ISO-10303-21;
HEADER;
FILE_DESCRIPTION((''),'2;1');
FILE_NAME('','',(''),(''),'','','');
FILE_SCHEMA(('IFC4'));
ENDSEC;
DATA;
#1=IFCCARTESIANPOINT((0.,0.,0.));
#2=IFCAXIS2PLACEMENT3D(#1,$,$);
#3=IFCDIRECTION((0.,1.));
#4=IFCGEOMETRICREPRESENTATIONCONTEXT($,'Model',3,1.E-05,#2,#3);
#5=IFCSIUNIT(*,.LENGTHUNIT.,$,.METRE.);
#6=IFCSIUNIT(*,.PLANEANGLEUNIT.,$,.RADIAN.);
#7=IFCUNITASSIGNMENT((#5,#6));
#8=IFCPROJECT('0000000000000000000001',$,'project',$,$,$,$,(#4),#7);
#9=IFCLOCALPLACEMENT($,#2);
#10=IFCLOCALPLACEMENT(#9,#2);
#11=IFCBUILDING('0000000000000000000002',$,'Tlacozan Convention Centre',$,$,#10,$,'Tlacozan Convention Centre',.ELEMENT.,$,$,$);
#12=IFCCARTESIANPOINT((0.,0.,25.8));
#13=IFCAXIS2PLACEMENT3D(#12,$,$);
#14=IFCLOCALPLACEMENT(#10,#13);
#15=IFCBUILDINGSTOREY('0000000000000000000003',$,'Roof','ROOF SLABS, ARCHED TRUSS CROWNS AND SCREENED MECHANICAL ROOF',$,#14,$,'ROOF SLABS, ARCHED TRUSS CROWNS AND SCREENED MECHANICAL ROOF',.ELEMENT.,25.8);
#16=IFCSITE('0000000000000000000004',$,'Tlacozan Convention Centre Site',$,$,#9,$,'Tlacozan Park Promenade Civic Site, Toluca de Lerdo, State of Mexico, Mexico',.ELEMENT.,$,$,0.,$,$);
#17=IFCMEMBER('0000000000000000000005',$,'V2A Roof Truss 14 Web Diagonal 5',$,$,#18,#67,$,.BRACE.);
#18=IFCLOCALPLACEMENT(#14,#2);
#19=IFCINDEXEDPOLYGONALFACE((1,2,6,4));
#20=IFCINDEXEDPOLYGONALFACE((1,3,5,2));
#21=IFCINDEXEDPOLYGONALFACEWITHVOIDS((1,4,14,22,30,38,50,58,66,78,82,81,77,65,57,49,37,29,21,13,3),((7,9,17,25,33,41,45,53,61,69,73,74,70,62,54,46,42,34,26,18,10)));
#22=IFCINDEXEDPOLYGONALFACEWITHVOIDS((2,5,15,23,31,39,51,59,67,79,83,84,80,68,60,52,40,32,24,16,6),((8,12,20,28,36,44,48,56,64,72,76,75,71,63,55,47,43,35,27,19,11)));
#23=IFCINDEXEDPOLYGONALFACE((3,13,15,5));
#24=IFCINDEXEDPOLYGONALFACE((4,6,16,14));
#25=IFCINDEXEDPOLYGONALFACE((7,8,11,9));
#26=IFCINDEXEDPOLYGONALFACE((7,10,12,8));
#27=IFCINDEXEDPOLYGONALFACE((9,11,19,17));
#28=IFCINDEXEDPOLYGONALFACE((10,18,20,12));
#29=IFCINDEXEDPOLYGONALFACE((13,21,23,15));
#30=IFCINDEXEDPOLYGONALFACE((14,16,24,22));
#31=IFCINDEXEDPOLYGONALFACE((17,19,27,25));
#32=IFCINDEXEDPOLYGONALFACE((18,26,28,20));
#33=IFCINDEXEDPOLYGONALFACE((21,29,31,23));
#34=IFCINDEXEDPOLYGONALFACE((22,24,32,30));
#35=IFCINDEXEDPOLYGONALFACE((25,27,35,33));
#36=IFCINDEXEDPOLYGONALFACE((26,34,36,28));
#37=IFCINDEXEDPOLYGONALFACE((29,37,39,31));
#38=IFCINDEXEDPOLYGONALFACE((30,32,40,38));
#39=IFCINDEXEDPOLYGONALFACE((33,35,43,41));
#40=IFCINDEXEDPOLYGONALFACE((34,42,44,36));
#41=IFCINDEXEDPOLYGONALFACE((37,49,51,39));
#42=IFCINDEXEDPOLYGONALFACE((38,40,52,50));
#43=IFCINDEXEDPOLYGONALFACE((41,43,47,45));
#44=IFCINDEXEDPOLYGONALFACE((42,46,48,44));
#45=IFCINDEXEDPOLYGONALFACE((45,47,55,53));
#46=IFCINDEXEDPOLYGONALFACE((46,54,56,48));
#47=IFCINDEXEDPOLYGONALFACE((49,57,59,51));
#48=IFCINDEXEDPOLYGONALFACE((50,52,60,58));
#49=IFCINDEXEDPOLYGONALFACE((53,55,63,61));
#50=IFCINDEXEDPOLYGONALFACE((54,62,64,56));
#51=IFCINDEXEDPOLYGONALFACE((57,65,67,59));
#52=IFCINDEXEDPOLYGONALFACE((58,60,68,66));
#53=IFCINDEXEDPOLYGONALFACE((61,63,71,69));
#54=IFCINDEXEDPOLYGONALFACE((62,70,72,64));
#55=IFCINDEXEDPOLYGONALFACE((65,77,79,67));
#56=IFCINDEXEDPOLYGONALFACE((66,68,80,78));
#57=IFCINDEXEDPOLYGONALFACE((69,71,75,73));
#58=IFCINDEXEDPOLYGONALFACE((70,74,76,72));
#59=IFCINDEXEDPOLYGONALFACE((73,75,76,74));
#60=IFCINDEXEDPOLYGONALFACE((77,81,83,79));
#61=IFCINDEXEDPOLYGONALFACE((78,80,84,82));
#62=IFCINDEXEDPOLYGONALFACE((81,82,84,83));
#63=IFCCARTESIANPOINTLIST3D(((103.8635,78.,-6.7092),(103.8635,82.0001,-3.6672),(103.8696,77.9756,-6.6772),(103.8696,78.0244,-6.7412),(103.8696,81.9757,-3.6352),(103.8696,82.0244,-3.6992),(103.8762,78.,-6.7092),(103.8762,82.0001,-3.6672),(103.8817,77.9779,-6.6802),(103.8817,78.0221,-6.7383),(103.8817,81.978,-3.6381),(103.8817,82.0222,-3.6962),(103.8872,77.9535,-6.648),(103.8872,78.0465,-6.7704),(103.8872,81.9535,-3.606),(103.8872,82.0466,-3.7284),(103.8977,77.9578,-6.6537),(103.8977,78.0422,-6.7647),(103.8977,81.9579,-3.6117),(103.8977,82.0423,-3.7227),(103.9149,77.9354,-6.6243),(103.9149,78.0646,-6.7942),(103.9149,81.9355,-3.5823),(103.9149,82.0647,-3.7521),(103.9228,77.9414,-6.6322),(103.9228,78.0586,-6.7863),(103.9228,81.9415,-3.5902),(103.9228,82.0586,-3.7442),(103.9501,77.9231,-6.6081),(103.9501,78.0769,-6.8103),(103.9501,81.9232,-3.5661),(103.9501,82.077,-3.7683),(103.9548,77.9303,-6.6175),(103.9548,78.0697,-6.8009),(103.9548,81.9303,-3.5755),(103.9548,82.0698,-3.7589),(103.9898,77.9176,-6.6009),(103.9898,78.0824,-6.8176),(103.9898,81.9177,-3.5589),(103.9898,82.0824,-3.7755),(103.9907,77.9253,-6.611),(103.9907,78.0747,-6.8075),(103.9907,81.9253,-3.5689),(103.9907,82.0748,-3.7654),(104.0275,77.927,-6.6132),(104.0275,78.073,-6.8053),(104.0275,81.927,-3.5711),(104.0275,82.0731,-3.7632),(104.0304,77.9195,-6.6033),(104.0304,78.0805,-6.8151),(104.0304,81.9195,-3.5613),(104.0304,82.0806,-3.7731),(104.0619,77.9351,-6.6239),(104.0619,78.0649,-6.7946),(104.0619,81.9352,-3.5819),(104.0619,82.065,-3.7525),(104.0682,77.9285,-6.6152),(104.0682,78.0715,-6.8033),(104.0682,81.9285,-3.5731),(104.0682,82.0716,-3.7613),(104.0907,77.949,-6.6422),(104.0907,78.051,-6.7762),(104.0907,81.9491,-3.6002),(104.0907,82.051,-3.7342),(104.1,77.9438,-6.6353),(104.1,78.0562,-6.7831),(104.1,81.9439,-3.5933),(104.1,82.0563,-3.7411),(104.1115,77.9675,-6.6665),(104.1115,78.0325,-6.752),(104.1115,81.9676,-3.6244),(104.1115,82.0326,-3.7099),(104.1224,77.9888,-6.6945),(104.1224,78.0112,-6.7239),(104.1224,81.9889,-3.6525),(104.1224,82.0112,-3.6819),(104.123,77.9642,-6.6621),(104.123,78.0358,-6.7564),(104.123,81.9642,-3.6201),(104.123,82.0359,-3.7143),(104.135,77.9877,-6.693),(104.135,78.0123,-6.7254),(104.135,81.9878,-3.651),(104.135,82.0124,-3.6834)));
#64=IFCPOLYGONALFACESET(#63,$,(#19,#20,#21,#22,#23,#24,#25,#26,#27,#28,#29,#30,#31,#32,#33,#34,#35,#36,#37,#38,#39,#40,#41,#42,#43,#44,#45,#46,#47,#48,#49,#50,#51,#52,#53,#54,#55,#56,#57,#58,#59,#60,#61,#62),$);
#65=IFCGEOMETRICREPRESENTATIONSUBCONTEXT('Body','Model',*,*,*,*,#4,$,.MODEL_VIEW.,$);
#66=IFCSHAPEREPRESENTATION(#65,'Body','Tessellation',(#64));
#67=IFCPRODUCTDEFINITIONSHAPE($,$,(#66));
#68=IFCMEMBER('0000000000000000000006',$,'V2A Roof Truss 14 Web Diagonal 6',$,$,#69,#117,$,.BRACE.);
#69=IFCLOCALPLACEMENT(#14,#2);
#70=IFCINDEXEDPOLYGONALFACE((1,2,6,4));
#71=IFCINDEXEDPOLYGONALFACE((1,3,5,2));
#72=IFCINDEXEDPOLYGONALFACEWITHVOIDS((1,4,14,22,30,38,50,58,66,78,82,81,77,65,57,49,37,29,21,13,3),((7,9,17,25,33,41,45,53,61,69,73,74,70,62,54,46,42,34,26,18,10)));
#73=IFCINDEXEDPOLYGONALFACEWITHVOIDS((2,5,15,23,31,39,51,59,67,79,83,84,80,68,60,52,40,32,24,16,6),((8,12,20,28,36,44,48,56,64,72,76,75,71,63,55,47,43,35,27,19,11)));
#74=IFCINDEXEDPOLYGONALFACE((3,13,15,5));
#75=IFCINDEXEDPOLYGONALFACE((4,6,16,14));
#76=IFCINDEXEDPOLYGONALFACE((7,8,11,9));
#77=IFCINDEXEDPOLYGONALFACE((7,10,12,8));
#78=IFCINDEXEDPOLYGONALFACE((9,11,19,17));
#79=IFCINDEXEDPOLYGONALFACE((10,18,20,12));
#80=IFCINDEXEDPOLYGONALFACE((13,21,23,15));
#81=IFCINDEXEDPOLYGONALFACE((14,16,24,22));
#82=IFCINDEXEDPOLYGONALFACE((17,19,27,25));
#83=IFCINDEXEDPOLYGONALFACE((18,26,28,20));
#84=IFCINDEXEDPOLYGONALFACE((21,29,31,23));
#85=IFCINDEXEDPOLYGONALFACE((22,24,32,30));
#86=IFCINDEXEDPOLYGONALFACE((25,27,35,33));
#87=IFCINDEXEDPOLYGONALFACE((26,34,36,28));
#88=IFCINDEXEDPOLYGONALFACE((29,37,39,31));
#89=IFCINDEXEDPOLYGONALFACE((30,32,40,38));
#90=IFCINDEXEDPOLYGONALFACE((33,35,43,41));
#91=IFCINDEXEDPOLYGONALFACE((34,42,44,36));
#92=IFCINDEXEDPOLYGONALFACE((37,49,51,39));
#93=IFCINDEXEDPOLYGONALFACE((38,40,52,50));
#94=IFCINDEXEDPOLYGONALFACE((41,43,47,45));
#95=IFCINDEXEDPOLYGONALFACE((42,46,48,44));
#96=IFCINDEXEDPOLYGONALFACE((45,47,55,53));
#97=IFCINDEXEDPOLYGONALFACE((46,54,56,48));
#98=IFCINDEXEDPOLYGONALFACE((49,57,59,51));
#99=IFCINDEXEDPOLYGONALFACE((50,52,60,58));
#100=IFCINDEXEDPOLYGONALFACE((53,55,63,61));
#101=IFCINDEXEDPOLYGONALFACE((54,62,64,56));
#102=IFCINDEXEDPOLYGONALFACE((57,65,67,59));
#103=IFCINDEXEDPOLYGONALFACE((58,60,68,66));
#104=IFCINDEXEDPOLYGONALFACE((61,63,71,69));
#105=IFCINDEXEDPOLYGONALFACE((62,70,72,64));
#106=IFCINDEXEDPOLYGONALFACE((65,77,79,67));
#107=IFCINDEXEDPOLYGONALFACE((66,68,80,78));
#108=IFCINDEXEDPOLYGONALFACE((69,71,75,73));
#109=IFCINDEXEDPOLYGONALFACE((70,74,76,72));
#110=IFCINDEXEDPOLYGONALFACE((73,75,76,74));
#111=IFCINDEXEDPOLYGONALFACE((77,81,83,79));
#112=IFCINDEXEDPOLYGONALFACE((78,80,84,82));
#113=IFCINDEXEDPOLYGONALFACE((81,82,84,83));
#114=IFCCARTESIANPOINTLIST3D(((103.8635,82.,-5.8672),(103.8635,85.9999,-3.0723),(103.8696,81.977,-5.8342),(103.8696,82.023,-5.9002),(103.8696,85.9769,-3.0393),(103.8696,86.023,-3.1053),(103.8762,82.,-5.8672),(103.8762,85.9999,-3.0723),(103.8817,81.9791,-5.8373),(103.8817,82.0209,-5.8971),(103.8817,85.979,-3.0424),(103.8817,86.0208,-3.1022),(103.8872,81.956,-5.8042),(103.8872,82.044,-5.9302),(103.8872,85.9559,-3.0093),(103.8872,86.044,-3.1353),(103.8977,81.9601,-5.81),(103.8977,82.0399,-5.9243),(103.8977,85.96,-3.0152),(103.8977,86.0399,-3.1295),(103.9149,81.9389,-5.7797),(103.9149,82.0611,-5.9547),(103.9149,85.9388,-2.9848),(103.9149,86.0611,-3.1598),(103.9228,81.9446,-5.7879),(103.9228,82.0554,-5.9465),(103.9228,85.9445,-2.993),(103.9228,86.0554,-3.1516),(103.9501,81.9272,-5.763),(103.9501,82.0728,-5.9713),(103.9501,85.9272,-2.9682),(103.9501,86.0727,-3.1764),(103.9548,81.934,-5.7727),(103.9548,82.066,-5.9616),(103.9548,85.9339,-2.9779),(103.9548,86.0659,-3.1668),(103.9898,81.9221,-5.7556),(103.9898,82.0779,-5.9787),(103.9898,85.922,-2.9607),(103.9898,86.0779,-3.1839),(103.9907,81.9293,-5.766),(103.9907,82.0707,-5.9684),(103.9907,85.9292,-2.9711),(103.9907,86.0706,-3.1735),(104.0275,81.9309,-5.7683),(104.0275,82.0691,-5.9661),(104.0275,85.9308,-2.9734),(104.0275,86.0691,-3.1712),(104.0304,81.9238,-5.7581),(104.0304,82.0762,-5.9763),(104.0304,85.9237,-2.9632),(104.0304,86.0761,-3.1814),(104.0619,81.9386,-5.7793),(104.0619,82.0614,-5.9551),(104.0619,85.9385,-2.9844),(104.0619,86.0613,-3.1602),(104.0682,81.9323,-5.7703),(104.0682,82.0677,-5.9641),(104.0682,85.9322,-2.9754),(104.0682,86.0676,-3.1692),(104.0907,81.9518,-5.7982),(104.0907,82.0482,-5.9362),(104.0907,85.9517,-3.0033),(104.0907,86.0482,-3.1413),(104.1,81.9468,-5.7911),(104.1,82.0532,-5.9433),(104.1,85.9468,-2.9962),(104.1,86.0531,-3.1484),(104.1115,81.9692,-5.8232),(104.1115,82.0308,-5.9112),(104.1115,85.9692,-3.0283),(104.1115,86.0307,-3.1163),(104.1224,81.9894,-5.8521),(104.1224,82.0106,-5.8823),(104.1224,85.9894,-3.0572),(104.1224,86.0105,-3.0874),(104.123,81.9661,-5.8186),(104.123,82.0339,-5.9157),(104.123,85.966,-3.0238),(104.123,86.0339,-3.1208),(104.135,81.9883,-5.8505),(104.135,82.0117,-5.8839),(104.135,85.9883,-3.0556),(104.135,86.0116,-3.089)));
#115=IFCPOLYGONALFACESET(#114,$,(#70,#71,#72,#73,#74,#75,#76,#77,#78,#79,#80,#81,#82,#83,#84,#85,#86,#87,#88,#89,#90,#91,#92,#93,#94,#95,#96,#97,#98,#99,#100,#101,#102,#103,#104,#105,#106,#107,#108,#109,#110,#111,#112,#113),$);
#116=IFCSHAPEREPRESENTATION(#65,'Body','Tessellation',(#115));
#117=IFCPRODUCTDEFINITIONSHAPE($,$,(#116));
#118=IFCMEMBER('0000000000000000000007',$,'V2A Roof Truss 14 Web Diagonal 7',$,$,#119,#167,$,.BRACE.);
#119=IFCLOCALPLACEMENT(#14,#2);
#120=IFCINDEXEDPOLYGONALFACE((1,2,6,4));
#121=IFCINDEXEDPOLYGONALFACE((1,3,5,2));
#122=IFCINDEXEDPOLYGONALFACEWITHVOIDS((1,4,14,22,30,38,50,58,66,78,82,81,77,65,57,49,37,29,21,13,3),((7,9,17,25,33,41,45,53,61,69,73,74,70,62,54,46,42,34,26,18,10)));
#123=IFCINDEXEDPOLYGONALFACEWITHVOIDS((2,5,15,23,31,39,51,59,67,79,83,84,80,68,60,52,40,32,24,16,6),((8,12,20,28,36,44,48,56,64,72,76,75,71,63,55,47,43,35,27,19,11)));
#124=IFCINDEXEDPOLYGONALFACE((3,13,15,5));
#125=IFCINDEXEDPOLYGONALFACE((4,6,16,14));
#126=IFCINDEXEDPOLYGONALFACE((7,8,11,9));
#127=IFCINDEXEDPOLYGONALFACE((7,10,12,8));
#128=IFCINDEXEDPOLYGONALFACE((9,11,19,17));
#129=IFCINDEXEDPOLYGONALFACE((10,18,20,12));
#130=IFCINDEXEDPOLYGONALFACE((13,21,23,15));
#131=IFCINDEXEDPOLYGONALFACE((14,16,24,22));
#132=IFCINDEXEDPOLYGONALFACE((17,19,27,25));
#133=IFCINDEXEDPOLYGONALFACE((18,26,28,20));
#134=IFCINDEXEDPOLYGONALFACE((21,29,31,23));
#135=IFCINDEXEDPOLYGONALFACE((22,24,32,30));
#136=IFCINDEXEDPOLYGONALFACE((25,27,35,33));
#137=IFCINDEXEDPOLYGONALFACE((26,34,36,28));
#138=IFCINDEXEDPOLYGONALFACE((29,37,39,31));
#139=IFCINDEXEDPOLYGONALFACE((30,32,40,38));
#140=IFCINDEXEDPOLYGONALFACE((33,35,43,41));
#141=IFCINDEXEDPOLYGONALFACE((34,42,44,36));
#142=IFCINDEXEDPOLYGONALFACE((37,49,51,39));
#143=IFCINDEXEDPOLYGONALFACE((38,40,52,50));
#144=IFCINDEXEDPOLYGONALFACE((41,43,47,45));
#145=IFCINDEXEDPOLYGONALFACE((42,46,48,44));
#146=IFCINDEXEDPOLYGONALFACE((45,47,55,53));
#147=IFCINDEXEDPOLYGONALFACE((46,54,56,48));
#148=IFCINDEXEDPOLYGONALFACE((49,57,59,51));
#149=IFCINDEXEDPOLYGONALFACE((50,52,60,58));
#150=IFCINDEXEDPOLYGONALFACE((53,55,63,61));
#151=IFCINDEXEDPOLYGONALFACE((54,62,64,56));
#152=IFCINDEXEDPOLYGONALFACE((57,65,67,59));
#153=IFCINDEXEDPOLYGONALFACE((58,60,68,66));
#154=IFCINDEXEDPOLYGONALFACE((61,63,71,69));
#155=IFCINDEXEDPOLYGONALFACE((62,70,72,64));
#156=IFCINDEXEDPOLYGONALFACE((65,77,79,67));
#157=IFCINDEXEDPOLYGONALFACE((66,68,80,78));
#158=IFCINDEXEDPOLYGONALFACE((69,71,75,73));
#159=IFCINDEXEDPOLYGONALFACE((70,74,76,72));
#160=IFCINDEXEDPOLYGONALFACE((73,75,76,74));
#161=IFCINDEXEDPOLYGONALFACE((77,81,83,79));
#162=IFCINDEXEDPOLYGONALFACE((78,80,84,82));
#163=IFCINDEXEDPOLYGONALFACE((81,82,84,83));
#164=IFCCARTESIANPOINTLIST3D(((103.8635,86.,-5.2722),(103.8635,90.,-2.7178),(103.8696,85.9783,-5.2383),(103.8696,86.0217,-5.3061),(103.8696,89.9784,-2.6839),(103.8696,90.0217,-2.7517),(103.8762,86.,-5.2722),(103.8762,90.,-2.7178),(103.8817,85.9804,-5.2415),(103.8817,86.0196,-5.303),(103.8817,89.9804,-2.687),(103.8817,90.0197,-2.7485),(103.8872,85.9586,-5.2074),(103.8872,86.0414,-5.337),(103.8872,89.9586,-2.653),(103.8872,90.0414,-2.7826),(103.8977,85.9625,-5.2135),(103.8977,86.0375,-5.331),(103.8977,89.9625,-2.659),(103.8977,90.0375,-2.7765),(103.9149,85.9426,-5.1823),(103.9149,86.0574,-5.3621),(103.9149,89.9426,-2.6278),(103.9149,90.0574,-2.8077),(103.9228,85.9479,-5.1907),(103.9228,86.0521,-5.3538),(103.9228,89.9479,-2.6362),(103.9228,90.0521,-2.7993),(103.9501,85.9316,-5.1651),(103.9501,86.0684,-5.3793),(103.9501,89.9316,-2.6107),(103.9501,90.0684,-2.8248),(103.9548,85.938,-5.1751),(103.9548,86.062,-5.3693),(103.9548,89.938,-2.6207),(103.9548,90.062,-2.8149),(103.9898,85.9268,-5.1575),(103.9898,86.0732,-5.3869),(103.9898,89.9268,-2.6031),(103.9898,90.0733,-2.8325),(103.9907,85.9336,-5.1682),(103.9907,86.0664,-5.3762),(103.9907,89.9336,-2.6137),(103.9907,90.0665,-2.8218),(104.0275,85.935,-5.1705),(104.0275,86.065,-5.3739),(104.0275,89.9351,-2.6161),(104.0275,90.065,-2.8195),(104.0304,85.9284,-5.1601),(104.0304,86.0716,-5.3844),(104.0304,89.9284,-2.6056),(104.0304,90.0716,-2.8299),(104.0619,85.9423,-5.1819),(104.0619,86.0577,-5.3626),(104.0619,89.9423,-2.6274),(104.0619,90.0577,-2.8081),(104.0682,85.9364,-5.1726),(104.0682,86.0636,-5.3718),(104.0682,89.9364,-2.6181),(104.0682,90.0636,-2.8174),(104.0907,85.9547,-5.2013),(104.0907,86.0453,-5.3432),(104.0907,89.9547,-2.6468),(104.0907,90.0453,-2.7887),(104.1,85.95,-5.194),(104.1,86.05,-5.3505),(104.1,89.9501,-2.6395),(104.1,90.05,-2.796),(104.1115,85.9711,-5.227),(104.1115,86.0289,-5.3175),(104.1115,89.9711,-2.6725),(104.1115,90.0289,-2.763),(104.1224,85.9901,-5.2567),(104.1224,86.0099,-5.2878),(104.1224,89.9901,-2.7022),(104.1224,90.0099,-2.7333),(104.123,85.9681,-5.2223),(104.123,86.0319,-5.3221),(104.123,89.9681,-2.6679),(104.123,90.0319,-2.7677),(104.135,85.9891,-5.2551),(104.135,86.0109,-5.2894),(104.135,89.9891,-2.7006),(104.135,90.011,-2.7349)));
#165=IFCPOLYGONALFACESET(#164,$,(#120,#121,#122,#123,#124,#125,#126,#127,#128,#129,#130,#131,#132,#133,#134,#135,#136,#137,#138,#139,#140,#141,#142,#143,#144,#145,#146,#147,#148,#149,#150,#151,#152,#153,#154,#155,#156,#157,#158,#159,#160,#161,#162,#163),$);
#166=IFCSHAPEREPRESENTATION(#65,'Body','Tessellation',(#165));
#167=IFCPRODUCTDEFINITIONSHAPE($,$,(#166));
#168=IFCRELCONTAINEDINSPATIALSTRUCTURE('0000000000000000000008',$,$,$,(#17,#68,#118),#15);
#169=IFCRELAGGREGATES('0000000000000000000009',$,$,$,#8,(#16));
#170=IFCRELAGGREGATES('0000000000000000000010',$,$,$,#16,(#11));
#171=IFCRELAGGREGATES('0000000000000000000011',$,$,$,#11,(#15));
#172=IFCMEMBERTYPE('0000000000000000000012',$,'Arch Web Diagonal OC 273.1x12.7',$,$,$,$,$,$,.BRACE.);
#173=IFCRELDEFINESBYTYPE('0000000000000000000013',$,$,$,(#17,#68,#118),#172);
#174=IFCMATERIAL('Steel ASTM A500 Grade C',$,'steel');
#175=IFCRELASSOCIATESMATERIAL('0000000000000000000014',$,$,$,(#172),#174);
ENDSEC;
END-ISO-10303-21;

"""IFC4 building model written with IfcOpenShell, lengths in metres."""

from ifc_helpers import new_model, si_unit, direction, frame, origin, origin_2d, place, context, subcontext, project, spatial, hollow_circle, extrude, material, material_profile, profile_set, type_object, element, save


model = new_model("IFC4")

# Units and contexts
model_context = context("Model", 3, precision=1e-05, world=origin(), true_north=direction((0.0, 1.0)))
body_context = subcontext(model_context, "Body", "Model", "MODEL_VIEW")
ifc_project = project(units=[si_unit("LENGTHUNIT", "METRE"), si_unit("PLANEANGLEUNIT", "RADIAN")], contexts=[model_context])

# Site, building, storey
site_placement = place(None, origin())
site = spatial("IfcSite", under=ifc_project, at=site_placement, Name="Tlacozan Convention Centre Site", LongName="Tlacozan Park Promenade Civic Site, Toluca de Lerdo, State of Mexico, Mexico", CompositionType="ELEMENT", RefElevation=0.0)
building_placement = place(site_placement, origin())
building = spatial("IfcBuilding", under=site, at=building_placement, Name="Tlacozan Convention Centre", LongName="Tlacozan Convention Centre", CompositionType="ELEMENT")
storey_placement = place(building_placement, frame((0.0, 0.0, 25.8)))
storey = spatial("IfcBuildingStorey", under=building, at=storey_placement, Name="Roof", Description="ROOF SLABS, ARCHED TRUSS CROWNS AND SCREENED MECHANICAL ROOF", LongName="ROOF SLABS, ARCHED TRUSS CROWNS AND SCREENED MECHANICAL ROOF", CompositionType="ELEMENT", Elevation=25.8)

# Members
ifc_material_1 = material(Name="Steel ASTM A500 Grade C", Category="steel")
ifc_material_profile_1 = material_profile(ifc_material_1, hollow_circle(Radius=0.1365, WallThickness=0.0127, at=origin_2d()), Name="OC 273.1x12.7")
ifc_profile_set_1 = profile_set([ifc_material_profile_1], Name="Steel ASTM A500 Grade C")
member_type_1 = type_object("IfcMemberType", Name="Arch Web Diagonal OC 273.1x12.7", PredefinedType="BRACE", material=ifc_profile_set_1)
member_1_placement = place(storey_placement, frame((104.0, 78.0, -6.7092), z_axis=(0.0, 0.795971, 0.605335), x_axis=(-1.0, 0.0, 0.0)))
element("IfcMember", 1, at=member_1_placement, inside=storey, type_object=member_type_1, Name="V2A Roof Truss 14 Web Diagonal 5", PredefinedType="BRACE", context=body_context, shape_type="SweptSolid", body=[
    extrude(hollow_circle(Radius=0.1365, WallThickness=0.0127, at=origin_2d()), origin(), (0.0, 0.0, 1.0), 5.0254),
])
member_2_placement = place(storey_placement, frame((104.0, 82.0, -5.8672), z_axis=(0.0, 0.819721, 0.572764), x_axis=(-1.0, 0.0, 0.0)))
element("IfcMember", 2, at=member_2_placement, inside=storey, type_object=member_type_1, Name="V2A Roof Truss 14 Web Diagonal 6", PredefinedType="BRACE", context=body_context, shape_type="SweptSolid", body=[
    extrude(hollow_circle(Radius=0.1365, WallThickness=0.0127, at=origin_2d()), origin(), (0.0, 0.0, 1.0), 4.8796),
])
member_3_placement = place(storey_placement, frame((104.0, 86.0, -5.2722), z_axis=(0.0, 0.842803, 0.538223), x_axis=(-1.0, 0.0, 0.0)))
element("IfcMember", 3, at=member_3_placement, inside=storey, type_object=member_type_1, Name="V2A Roof Truss 14 Web Diagonal 7", PredefinedType="BRACE", context=body_context, shape_type="SweptSolid", body=[
    extrude(hollow_circle(Radius=0.1365, WallThickness=0.0127, at=origin_2d()), origin(), (0.0, 0.0, 1.0), 4.7461),
])

save(model, "model.ifc")
